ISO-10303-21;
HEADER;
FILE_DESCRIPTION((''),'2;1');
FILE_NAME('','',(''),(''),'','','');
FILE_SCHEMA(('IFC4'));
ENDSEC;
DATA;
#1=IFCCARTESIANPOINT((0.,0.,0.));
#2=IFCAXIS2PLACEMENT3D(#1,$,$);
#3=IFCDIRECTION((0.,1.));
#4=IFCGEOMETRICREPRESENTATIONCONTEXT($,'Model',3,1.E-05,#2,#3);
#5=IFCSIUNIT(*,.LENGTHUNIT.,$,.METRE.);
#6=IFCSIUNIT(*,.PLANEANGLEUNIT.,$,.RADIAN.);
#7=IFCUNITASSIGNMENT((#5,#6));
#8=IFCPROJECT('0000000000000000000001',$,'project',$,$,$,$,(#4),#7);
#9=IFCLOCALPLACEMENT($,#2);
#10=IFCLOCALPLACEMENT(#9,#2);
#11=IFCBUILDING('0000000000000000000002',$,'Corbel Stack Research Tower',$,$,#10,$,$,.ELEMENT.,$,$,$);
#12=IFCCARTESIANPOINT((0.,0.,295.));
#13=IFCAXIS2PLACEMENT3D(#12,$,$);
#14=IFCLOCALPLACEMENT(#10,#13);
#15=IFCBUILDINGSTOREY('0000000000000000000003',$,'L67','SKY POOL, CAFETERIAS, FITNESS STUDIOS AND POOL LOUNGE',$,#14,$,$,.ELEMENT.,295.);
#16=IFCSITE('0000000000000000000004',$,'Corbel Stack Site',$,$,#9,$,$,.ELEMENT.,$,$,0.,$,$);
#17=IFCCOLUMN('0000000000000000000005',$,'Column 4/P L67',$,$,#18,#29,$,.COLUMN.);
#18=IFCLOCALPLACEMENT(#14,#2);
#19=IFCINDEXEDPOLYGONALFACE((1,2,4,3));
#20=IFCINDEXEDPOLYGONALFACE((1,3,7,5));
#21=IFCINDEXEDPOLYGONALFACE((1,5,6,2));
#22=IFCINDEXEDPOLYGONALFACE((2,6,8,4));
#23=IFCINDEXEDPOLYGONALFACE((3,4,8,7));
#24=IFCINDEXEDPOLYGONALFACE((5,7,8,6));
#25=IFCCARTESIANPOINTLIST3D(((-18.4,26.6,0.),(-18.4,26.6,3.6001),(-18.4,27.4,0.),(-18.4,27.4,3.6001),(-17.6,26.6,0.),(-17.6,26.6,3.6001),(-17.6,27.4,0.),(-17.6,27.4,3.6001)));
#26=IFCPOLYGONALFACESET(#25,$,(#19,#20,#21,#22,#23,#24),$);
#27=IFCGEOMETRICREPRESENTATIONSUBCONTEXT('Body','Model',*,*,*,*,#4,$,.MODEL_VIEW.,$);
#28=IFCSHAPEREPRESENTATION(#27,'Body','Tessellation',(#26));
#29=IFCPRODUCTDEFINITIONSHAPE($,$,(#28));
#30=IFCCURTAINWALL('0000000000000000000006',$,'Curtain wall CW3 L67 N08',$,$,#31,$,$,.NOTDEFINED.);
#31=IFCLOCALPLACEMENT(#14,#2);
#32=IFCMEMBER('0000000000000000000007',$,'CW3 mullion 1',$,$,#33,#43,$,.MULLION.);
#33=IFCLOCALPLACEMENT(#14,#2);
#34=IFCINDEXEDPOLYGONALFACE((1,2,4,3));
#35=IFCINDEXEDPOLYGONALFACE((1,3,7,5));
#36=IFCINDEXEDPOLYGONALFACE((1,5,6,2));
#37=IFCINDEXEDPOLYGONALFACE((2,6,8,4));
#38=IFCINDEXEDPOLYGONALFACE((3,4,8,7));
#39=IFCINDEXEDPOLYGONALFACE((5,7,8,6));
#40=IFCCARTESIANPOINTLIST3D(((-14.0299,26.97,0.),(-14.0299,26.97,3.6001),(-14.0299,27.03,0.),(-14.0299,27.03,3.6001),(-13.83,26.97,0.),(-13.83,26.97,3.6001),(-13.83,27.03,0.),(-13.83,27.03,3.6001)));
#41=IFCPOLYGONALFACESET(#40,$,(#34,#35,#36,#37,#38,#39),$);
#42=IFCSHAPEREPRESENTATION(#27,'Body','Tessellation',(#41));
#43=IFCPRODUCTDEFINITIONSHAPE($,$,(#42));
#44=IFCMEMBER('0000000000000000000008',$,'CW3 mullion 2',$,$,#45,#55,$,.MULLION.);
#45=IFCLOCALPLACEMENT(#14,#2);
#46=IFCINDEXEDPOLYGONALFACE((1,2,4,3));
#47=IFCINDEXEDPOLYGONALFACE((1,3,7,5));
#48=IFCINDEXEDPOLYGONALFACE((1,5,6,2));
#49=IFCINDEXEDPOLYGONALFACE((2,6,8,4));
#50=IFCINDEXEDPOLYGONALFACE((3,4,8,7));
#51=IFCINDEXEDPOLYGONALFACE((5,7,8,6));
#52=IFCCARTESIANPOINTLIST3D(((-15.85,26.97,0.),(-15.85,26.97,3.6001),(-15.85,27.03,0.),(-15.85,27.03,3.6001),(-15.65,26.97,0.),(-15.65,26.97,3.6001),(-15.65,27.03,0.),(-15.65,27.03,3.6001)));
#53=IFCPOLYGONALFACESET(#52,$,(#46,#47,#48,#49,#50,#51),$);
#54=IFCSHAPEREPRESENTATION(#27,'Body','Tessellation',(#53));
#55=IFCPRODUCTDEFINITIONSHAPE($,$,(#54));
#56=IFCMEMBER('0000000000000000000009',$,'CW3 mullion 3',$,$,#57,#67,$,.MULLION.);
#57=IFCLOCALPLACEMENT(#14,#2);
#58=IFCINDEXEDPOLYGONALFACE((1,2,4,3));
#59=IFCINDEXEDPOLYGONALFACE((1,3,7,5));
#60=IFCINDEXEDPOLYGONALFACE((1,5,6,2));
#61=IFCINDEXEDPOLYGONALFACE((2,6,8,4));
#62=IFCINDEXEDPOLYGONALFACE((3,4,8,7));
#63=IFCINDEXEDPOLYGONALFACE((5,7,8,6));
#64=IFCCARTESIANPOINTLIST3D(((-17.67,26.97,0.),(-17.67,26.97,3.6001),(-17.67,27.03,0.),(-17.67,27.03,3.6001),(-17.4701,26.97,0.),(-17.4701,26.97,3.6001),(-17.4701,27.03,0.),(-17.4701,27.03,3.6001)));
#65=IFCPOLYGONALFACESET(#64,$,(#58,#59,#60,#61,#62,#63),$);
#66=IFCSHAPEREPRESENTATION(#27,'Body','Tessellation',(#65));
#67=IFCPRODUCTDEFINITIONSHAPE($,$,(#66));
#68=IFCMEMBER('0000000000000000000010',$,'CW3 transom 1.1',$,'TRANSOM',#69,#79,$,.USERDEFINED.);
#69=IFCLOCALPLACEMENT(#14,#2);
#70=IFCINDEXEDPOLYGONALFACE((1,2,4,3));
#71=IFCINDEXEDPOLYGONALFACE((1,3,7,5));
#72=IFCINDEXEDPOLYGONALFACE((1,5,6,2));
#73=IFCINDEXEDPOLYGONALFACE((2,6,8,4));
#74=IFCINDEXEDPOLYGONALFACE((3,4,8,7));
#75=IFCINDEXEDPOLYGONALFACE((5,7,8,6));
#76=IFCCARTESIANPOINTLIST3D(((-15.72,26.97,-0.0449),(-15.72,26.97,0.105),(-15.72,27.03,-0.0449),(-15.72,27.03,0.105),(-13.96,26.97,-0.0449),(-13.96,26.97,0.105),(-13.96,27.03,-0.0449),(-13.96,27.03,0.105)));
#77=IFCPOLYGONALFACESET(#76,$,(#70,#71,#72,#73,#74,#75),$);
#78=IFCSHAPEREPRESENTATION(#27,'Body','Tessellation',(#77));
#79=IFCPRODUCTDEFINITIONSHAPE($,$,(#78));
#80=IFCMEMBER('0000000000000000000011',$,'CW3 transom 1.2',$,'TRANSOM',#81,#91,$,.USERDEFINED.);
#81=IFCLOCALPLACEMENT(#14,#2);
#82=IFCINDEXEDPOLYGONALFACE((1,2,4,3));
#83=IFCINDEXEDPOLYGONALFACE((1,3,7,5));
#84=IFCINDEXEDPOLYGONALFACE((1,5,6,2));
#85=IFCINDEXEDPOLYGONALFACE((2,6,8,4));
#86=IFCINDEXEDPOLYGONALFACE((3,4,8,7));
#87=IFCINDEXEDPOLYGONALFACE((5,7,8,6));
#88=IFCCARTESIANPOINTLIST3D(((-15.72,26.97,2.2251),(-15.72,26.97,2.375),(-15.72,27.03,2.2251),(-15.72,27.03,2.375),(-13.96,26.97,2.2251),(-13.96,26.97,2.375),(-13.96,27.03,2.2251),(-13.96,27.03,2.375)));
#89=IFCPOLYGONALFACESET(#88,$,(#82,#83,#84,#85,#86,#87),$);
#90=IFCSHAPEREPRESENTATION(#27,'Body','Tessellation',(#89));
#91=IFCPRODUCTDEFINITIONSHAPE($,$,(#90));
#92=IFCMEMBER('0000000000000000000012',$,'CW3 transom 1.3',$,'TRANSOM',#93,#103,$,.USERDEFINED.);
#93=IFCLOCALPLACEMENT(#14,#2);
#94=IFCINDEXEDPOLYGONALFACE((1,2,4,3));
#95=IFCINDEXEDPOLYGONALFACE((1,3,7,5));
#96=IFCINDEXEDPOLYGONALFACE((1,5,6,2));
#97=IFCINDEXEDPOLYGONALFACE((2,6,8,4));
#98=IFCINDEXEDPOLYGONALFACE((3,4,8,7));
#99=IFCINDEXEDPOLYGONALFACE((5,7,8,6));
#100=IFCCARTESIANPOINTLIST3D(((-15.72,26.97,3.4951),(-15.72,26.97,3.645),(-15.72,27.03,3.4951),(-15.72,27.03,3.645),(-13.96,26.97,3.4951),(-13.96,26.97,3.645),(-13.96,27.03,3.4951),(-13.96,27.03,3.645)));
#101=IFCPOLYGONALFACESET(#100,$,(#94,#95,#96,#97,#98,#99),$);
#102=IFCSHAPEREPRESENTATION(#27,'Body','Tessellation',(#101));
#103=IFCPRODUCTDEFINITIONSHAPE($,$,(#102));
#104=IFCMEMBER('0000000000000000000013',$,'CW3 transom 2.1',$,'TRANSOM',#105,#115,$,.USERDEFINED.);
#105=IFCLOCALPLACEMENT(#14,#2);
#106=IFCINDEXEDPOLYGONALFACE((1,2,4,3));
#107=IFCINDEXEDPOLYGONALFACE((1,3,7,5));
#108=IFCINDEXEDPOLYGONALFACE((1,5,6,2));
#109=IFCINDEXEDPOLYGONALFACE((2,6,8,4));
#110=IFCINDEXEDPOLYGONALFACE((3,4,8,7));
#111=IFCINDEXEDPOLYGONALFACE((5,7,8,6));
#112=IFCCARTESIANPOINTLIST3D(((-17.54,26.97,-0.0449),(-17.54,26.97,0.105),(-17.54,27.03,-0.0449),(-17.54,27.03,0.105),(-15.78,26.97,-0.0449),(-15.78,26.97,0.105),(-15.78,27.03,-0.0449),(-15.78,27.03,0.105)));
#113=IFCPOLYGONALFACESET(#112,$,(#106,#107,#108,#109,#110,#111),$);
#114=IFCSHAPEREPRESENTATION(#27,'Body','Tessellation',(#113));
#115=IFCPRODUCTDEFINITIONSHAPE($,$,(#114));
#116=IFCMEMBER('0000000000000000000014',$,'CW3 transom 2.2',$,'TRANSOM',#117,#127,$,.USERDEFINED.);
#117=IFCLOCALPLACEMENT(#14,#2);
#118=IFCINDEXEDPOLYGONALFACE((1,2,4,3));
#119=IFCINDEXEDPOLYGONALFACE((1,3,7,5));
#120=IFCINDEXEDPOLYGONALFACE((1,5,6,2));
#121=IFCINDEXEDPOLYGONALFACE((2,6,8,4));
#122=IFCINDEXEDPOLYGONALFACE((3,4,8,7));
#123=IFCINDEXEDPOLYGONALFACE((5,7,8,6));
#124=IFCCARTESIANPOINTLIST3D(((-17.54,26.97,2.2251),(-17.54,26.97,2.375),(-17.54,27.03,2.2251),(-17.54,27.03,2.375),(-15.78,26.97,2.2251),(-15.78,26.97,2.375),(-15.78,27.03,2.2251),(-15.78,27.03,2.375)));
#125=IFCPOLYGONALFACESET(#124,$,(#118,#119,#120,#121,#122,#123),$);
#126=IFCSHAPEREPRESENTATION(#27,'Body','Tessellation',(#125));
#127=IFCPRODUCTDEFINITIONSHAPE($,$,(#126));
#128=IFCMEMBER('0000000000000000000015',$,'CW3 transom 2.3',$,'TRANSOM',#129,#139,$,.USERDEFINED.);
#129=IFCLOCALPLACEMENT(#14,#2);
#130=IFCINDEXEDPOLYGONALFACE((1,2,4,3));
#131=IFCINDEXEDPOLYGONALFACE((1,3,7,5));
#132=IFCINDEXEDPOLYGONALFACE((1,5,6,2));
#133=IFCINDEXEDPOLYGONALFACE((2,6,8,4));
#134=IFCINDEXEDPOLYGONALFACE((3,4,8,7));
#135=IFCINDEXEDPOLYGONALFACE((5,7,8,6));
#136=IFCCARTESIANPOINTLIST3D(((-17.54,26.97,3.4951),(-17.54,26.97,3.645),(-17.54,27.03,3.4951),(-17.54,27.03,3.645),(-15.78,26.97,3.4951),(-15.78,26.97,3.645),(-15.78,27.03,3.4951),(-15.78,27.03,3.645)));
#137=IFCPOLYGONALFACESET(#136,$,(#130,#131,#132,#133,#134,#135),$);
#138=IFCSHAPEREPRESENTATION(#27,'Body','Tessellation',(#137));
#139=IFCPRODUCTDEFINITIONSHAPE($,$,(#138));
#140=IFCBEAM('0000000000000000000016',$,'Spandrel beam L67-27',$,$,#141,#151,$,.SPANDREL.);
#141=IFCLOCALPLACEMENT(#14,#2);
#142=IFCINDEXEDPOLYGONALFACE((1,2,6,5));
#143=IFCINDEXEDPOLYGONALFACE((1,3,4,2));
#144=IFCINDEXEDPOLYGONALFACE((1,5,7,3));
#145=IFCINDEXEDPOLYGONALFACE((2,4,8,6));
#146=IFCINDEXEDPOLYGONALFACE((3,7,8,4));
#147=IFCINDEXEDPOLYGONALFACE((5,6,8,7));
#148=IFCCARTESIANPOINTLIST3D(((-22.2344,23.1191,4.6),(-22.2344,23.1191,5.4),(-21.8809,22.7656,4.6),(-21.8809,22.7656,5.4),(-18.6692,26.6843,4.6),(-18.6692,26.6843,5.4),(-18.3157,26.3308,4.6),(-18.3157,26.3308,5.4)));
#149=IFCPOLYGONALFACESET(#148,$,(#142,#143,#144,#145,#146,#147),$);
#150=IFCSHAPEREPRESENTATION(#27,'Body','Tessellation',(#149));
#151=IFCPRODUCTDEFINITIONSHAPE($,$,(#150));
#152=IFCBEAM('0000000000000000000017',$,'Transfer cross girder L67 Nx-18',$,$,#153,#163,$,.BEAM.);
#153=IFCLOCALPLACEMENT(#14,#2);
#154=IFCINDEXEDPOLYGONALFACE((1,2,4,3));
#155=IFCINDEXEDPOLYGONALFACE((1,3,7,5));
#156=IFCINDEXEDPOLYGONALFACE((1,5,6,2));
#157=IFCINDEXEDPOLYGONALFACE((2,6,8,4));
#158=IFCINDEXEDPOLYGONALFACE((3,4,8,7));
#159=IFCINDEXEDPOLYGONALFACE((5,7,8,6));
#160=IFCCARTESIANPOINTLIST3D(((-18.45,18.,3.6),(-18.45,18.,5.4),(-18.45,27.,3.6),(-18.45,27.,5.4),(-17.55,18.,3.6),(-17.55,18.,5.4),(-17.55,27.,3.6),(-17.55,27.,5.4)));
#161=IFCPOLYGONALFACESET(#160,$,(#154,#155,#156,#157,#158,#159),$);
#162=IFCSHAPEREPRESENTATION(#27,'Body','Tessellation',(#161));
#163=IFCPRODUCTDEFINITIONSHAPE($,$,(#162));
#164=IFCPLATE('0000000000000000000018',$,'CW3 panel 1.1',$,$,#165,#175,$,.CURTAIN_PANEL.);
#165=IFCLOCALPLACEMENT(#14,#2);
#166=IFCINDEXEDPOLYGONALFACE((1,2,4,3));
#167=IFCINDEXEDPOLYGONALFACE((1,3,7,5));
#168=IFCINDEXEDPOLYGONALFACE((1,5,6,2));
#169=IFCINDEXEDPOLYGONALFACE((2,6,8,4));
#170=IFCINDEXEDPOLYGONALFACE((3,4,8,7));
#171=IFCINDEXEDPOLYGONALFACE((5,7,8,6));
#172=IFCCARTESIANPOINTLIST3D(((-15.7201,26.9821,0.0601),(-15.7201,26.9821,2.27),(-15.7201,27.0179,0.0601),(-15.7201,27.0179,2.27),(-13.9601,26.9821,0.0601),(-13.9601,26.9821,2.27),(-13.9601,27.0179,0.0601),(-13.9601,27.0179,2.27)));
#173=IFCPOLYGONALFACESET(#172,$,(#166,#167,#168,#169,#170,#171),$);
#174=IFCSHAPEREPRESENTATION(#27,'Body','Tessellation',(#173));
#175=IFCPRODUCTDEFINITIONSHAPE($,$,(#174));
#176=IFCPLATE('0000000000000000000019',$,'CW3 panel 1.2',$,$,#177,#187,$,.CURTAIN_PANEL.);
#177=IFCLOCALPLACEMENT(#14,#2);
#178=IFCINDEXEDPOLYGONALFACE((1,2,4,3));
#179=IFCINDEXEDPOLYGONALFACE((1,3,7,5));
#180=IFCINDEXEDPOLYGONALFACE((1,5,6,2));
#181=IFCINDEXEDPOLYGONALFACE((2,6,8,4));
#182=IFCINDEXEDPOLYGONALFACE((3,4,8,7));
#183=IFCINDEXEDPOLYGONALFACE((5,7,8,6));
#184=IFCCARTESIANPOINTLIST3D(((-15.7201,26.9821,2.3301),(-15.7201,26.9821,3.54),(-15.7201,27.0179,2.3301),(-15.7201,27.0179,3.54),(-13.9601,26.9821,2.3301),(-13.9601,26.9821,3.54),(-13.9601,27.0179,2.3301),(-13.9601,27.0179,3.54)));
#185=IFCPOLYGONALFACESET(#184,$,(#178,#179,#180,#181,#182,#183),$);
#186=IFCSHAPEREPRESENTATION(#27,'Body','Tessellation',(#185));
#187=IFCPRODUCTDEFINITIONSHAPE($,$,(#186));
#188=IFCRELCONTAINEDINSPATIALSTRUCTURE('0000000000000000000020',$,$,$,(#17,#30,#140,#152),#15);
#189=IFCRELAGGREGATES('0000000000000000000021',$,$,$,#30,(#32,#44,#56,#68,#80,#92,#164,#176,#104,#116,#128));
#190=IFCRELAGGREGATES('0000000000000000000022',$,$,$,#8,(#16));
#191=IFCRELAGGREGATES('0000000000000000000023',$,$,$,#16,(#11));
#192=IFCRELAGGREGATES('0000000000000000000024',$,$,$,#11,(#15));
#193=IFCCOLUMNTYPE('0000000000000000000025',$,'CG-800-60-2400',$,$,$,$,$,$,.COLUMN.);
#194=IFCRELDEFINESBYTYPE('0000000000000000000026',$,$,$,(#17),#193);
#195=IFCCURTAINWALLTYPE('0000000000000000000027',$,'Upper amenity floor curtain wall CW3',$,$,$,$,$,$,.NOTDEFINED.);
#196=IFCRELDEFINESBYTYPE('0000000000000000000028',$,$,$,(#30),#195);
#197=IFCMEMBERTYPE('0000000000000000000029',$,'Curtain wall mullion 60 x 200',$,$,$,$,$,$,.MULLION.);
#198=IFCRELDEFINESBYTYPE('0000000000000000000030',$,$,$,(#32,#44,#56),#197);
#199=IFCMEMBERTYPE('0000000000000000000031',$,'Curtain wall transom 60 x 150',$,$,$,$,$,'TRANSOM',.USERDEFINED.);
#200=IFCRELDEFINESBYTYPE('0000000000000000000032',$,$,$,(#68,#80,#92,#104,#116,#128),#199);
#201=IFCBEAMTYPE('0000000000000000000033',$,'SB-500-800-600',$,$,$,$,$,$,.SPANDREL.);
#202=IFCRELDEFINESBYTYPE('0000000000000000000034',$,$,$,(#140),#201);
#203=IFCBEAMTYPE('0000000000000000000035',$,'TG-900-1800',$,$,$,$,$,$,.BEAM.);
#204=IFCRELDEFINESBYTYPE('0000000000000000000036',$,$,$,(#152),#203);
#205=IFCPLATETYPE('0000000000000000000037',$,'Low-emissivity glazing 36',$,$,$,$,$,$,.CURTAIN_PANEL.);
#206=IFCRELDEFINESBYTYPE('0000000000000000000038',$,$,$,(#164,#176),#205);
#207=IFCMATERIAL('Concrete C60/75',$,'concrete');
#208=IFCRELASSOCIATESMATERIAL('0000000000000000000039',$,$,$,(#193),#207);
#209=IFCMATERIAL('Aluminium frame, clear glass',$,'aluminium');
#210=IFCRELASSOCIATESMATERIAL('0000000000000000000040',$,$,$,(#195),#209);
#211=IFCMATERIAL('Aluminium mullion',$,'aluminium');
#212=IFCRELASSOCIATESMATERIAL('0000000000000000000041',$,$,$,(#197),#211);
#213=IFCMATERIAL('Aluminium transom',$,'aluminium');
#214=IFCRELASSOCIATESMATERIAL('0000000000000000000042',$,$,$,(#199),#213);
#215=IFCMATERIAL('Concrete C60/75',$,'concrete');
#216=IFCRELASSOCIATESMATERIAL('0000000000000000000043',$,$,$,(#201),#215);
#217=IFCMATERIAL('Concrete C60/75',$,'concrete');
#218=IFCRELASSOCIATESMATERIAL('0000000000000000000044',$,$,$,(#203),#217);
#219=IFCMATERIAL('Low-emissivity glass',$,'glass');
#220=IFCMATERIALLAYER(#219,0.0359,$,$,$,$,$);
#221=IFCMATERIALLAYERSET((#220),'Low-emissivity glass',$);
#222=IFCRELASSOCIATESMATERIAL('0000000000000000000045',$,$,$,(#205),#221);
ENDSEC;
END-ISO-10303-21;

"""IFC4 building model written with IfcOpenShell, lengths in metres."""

from ifc_helpers import new_model, si_unit, direction, frame, origin, origin_2d, place, context, subcontext, project, spatial, rectangle, extrude, material, layer, layer_set, material_profile, profile_set, type_object, element, aggregate, save


model = new_model("IFC4")

# Units and contexts
model_context = context("Model", 3, precision=1e-05, world=origin(), true_north=direction((0.0, 1.0)))
body_context = subcontext(model_context, "Body", "Model", "MODEL_VIEW")
ifc_project = project(units=[si_unit("LENGTHUNIT", "METRE"), si_unit("PLANEANGLEUNIT", "RADIAN")], contexts=[model_context])

# Site, building, storey
site_placement = place(None, origin())
site = spatial("IfcSite", under=ifc_project, at=site_placement, Name="Corbel Stack Site", CompositionType="ELEMENT", RefElevation=0.0)
building_placement = place(site_placement, origin())
building = spatial("IfcBuilding", under=site, at=building_placement, Name="Corbel Stack Research Tower", CompositionType="ELEMENT")
storey_placement = place(building_placement, frame((0.0, 0.0, 295.0)))
storey = spatial("IfcBuildingStorey", under=building, at=storey_placement, Name="L67", Description="SKY POOL, CAFETERIAS, FITNESS STUDIOS AND POOL LOUNGE", CompositionType="ELEMENT", Elevation=295.0)

# Column
ifc_material_1 = material(Name="Concrete C60/75", Category="concrete")
ifc_material_profile_1 = material_profile(ifc_material_1, rectangle(XDim=0.8, YDim=0.8, at=origin_2d()), Name="RC 800 x 800")
ifc_profile_set_1 = profile_set([ifc_material_profile_1], Name="Concrete C60/75")
column_type = type_object("IfcColumnType", Name="CG-800-60-2400", PredefinedType="COLUMN", material=ifc_profile_set_1)
column_placement = place(storey_placement, frame((-18.0, 27.0, 0.0), z_axis=(0.0, 0.0, 1.0), x_axis=(1.0, 0.0, 0.0)))
element("IfcColumn", 1, at=column_placement, inside=storey, type_object=column_type, Name="Column 4/P L67", PredefinedType="COLUMN", context=body_context, shape_type="SweptSolid", body=[
    extrude(rectangle(XDim=0.8, YDim=0.8, at=origin_2d()), origin(), (0.0, 0.0, 1.0), 3.6001),
])

# Curtain wall, members
ifc_material_2 = material(Name="Aluminium frame, clear glass", Category="aluminium")
curtain_wall_type = type_object("IfcCurtainWallType", Name="Upper amenity floor curtain wall CW3", PredefinedType="NOTDEFINED", material=ifc_material_2)
curtain_wall_placement = place(storey_placement, origin())
curtain_wall = element("IfcCurtainWall", 2, at=curtain_wall_placement, inside=storey, type_object=curtain_wall_type, Name="Curtain wall CW3 L67 N08", PredefinedType="NOTDEFINED")
ifc_material_3 = material(Name="Aluminium mullion", Category="aluminium")
ifc_material_profile_2 = material_profile(ifc_material_3, rectangle(XDim=0.0601, YDim=0.2, at=origin_2d()), Name="Mullion 60 x 200")
ifc_profile_set_2 = profile_set([ifc_material_profile_2], Name="Aluminium mullion")
member_type_1 = type_object("IfcMemberType", Name="Curtain wall mullion 60 x 200", PredefinedType="MULLION", material=ifc_profile_set_2)
member_1_placement = place(storey_placement, frame((-13.9299, 27.0, 0.0), z_axis=(0.0, 0.0, 1.0), x_axis=(0.0, -1.0, 0.0)))
member_1 = element("IfcMember", 3, at=member_1_placement, type_object=member_type_1, Name="CW3 mullion 1", PredefinedType="MULLION", context=body_context, shape_type="SweptSolid", body=[
    extrude(rectangle(XDim=0.0601, YDim=0.2, at=origin_2d()), origin(), (0.0, 0.0, 1.0), 3.6001),
])
member_2_placement = place(storey_placement, frame((-15.75, 27.0, 0.0), z_axis=(0.0, 0.0, 1.0), x_axis=(0.0, -1.0, 0.0)))
member_2 = element("IfcMember", 4, at=member_2_placement, type_object=member_type_1, Name="CW3 mullion 2", PredefinedType="MULLION", context=body_context, shape_type="SweptSolid", body=[
    extrude(rectangle(XDim=0.0601, YDim=0.2, at=origin_2d()), origin(), (0.0, 0.0, 1.0), 3.6001),
])
member_3_placement = place(storey_placement, frame((-17.5701, 27.0, 0.0), z_axis=(0.0, 0.0, 1.0), x_axis=(0.0, -1.0, 0.0)))
member_3 = element("IfcMember", 5, at=member_3_placement, type_object=member_type_1, Name="CW3 mullion 3", PredefinedType="MULLION", context=body_context, shape_type="SweptSolid", body=[
    extrude(rectangle(XDim=0.0601, YDim=0.2, at=origin_2d()), origin(), (0.0, 0.0, 1.0), 3.6001),
])
ifc_material_4 = material(Name="Aluminium transom", Category="aluminium")
ifc_material_profile_3 = material_profile(ifc_material_4, rectangle(XDim=0.0601, YDim=0.1499, at=origin_2d()), Name="Transom 60 x 150")
ifc_profile_set_3 = profile_set([ifc_material_profile_3], Name="Aluminium transom")
member_type_2 = type_object("IfcMemberType", Name="Curtain wall transom 60 x 150", ElementType="TRANSOM", PredefinedType="USERDEFINED", material=ifc_profile_set_3)
member_4_placement = place(storey_placement, frame((-13.96, 27.0, 0.03), z_axis=(-1.0, 0.0, 0.0), x_axis=(0.0, -1.0, 0.0)))
member_4 = element("IfcMember", 6, at=member_4_placement, type_object=member_type_2, Name="CW3 transom 1.1", ObjectType="TRANSOM", PredefinedType="USERDEFINED", context=body_context, shape_type="SweptSolid", body=[
    extrude(rectangle(XDim=0.0601, YDim=0.1499, at=origin_2d()), origin(), (0.0, 0.0, 1.0), 1.76),
])
member_5_placement = place(storey_placement, frame((-13.96, 27.0, 2.3), z_axis=(-1.0, 0.0, 0.0), x_axis=(0.0, -1.0, 0.0)))
member_5 = element("IfcMember", 7, at=member_5_placement, type_object=member_type_2, Name="CW3 transom 1.2", ObjectType="TRANSOM", PredefinedType="USERDEFINED", context=body_context, shape_type="SweptSolid", body=[
    extrude(rectangle(XDim=0.0601, YDim=0.1499, at=origin_2d()), origin(), (0.0, 0.0, 1.0), 1.76),
])
member_6_placement = place(storey_placement, frame((-13.96, 27.0, 3.5701), z_axis=(-1.0, 0.0, 0.0), x_axis=(0.0, -1.0, 0.0)))
member_6 = element("IfcMember", 8, at=member_6_placement, type_object=member_type_2, Name="CW3 transom 1.3", ObjectType="TRANSOM", PredefinedType="USERDEFINED", context=body_context, shape_type="SweptSolid", body=[
    extrude(rectangle(XDim=0.0601, YDim=0.1499, at=origin_2d()), origin(), (0.0, 0.0, 1.0), 1.76),
])
member_7_placement = place(storey_placement, frame((-15.78, 27.0, 0.03), z_axis=(-1.0, 0.0, 0.0), x_axis=(0.0, -1.0, 0.0)))
member_7 = element("IfcMember", 9, at=member_7_placement, type_object=member_type_2, Name="CW3 transom 2.1", ObjectType="TRANSOM", PredefinedType="USERDEFINED", context=body_context, shape_type="SweptSolid", body=[
    extrude(rectangle(XDim=0.0601, YDim=0.1499, at=origin_2d()), origin(), (0.0, 0.0, 1.0), 1.76),
])
member_8_placement = place(storey_placement, frame((-15.78, 27.0, 2.3), z_axis=(-1.0, 0.0, 0.0), x_axis=(0.0, -1.0, 0.0)))
member_8 = element("IfcMember", 10, at=member_8_placement, type_object=member_type_2, Name="CW3 transom 2.2", ObjectType="TRANSOM", PredefinedType="USERDEFINED", context=body_context, shape_type="SweptSolid", body=[
    extrude(rectangle(XDim=0.0601, YDim=0.1499, at=origin_2d()), origin(), (0.0, 0.0, 1.0), 1.76),
])
member_9_placement = place(storey_placement, frame((-15.78, 27.0, 3.5701), z_axis=(-1.0, 0.0, 0.0), x_axis=(0.0, -1.0, 0.0)))
member_9 = element("IfcMember", 11, at=member_9_placement, type_object=member_type_2, Name="CW3 transom 2.3", ObjectType="TRANSOM", PredefinedType="USERDEFINED", context=body_context, shape_type="SweptSolid", body=[
    extrude(rectangle(XDim=0.0601, YDim=0.1499, at=origin_2d()), origin(), (0.0, 0.0, 1.0), 1.76),
])

# Beams
ifc_material_5 = material(Name="Concrete C60/75", Category="concrete")
ifc_material_profile_4 = material_profile(ifc_material_5, rectangle(XDim=0.5, YDim=0.8, at=origin_2d()), Name="RC 500 x 800")
ifc_profile_set_4 = profile_set([ifc_material_profile_4], Name="Concrete C60/75")
beam_type_1 = type_object("IfcBeamType", Name="SB-500-800-600", PredefinedType="SPANDREL", material=ifc_profile_set_4)
beam_1_placement = place(storey_placement, frame((-18.4924, 26.5076, 5.0), z_axis=(-0.707107, -0.707107, 0.0), x_axis=(0.707107, -0.707107, 0.0)))
element("IfcBeam", 12, at=beam_1_placement, inside=storey, type_object=beam_type_1, Name="Spandrel beam L67-27", PredefinedType="SPANDREL", context=body_context, shape_type="SweptSolid", body=[
    extrude(rectangle(XDim=0.5, YDim=0.8, at=origin_2d()), origin(), (0.0, 0.0, 1.0), 5.042),
])
ifc_material_6 = material(Name="Concrete C60/75", Category="concrete")
ifc_material_profile_5 = material_profile(ifc_material_6, rectangle(XDim=0.8999, YDim=1.8, at=origin_2d()), Name="RC 900 x 1800")
ifc_profile_set_5 = profile_set([ifc_material_profile_5], Name="Concrete C60/75")
beam_type_2 = type_object("IfcBeamType", Name="TG-900-1800", PredefinedType="BEAM", material=ifc_profile_set_5)
beam_2_placement = place(storey_placement, frame((-18.0, 27.0, 4.5), z_axis=(0.0, -1.0, 0.0), x_axis=(1.0, 0.0, 0.0)))
element("IfcBeam", 13, at=beam_2_placement, inside=storey, type_object=beam_type_2, Name="Transfer cross girder L67 Nx-18", PredefinedType="BEAM", context=body_context, shape_type="SweptSolid", body=[
    extrude(rectangle(XDim=0.8999, YDim=1.8, at=origin_2d()), origin(), (0.0, 0.0, 1.0), 9.0),
])

# Plates
ifc_material_7 = material(Name="Low-emissivity glass", Category="glass")
ifc_layer_1 = layer(ifc_material_7, 0.0359)
ifc_layer_set_1 = layer_set([ifc_layer_1], Name="Low-emissivity glass")
plate_type = type_object("IfcPlateType", Name="Low-emissivity glazing 36", PredefinedType="CURTAIN_PANEL", material=ifc_layer_set_1)
plate_1_placement = place(storey_placement, frame((-14.8401, 27.0, 0.0601), z_axis=(0.0, 0.0, 1.0), x_axis=(-1.0, 0.0, 0.0)))
plate_1 = element("IfcPlate", 14, at=plate_1_placement, type_object=plate_type, Name="CW3 panel 1.1", PredefinedType="CURTAIN_PANEL", context=body_context, shape_type="SweptSolid", body=[
    extrude(rectangle(XDim=1.76, YDim=0.0359, at=origin_2d()), origin(), (0.0, 0.0, 1.0), 2.21),
])
plate_2_placement = place(storey_placement, frame((-14.8401, 27.0, 2.3301), z_axis=(0.0, 0.0, 1.0), x_axis=(-1.0, 0.0, 0.0)))
plate_2 = element("IfcPlate", 15, at=plate_2_placement, type_object=plate_type, Name="CW3 panel 1.2", PredefinedType="CURTAIN_PANEL", context=body_context, shape_type="SweptSolid", body=[
    extrude(rectangle(XDim=1.76, YDim=0.0359, at=origin_2d()), origin(), (0.0, 0.0, 1.0), 1.21),
])
aggregate(curtain_wall, [member_1, member_2, member_3, member_4, member_5, member_6, plate_1, plate_2, member_7, member_8, member_9])

save(model, "model.ifc")
